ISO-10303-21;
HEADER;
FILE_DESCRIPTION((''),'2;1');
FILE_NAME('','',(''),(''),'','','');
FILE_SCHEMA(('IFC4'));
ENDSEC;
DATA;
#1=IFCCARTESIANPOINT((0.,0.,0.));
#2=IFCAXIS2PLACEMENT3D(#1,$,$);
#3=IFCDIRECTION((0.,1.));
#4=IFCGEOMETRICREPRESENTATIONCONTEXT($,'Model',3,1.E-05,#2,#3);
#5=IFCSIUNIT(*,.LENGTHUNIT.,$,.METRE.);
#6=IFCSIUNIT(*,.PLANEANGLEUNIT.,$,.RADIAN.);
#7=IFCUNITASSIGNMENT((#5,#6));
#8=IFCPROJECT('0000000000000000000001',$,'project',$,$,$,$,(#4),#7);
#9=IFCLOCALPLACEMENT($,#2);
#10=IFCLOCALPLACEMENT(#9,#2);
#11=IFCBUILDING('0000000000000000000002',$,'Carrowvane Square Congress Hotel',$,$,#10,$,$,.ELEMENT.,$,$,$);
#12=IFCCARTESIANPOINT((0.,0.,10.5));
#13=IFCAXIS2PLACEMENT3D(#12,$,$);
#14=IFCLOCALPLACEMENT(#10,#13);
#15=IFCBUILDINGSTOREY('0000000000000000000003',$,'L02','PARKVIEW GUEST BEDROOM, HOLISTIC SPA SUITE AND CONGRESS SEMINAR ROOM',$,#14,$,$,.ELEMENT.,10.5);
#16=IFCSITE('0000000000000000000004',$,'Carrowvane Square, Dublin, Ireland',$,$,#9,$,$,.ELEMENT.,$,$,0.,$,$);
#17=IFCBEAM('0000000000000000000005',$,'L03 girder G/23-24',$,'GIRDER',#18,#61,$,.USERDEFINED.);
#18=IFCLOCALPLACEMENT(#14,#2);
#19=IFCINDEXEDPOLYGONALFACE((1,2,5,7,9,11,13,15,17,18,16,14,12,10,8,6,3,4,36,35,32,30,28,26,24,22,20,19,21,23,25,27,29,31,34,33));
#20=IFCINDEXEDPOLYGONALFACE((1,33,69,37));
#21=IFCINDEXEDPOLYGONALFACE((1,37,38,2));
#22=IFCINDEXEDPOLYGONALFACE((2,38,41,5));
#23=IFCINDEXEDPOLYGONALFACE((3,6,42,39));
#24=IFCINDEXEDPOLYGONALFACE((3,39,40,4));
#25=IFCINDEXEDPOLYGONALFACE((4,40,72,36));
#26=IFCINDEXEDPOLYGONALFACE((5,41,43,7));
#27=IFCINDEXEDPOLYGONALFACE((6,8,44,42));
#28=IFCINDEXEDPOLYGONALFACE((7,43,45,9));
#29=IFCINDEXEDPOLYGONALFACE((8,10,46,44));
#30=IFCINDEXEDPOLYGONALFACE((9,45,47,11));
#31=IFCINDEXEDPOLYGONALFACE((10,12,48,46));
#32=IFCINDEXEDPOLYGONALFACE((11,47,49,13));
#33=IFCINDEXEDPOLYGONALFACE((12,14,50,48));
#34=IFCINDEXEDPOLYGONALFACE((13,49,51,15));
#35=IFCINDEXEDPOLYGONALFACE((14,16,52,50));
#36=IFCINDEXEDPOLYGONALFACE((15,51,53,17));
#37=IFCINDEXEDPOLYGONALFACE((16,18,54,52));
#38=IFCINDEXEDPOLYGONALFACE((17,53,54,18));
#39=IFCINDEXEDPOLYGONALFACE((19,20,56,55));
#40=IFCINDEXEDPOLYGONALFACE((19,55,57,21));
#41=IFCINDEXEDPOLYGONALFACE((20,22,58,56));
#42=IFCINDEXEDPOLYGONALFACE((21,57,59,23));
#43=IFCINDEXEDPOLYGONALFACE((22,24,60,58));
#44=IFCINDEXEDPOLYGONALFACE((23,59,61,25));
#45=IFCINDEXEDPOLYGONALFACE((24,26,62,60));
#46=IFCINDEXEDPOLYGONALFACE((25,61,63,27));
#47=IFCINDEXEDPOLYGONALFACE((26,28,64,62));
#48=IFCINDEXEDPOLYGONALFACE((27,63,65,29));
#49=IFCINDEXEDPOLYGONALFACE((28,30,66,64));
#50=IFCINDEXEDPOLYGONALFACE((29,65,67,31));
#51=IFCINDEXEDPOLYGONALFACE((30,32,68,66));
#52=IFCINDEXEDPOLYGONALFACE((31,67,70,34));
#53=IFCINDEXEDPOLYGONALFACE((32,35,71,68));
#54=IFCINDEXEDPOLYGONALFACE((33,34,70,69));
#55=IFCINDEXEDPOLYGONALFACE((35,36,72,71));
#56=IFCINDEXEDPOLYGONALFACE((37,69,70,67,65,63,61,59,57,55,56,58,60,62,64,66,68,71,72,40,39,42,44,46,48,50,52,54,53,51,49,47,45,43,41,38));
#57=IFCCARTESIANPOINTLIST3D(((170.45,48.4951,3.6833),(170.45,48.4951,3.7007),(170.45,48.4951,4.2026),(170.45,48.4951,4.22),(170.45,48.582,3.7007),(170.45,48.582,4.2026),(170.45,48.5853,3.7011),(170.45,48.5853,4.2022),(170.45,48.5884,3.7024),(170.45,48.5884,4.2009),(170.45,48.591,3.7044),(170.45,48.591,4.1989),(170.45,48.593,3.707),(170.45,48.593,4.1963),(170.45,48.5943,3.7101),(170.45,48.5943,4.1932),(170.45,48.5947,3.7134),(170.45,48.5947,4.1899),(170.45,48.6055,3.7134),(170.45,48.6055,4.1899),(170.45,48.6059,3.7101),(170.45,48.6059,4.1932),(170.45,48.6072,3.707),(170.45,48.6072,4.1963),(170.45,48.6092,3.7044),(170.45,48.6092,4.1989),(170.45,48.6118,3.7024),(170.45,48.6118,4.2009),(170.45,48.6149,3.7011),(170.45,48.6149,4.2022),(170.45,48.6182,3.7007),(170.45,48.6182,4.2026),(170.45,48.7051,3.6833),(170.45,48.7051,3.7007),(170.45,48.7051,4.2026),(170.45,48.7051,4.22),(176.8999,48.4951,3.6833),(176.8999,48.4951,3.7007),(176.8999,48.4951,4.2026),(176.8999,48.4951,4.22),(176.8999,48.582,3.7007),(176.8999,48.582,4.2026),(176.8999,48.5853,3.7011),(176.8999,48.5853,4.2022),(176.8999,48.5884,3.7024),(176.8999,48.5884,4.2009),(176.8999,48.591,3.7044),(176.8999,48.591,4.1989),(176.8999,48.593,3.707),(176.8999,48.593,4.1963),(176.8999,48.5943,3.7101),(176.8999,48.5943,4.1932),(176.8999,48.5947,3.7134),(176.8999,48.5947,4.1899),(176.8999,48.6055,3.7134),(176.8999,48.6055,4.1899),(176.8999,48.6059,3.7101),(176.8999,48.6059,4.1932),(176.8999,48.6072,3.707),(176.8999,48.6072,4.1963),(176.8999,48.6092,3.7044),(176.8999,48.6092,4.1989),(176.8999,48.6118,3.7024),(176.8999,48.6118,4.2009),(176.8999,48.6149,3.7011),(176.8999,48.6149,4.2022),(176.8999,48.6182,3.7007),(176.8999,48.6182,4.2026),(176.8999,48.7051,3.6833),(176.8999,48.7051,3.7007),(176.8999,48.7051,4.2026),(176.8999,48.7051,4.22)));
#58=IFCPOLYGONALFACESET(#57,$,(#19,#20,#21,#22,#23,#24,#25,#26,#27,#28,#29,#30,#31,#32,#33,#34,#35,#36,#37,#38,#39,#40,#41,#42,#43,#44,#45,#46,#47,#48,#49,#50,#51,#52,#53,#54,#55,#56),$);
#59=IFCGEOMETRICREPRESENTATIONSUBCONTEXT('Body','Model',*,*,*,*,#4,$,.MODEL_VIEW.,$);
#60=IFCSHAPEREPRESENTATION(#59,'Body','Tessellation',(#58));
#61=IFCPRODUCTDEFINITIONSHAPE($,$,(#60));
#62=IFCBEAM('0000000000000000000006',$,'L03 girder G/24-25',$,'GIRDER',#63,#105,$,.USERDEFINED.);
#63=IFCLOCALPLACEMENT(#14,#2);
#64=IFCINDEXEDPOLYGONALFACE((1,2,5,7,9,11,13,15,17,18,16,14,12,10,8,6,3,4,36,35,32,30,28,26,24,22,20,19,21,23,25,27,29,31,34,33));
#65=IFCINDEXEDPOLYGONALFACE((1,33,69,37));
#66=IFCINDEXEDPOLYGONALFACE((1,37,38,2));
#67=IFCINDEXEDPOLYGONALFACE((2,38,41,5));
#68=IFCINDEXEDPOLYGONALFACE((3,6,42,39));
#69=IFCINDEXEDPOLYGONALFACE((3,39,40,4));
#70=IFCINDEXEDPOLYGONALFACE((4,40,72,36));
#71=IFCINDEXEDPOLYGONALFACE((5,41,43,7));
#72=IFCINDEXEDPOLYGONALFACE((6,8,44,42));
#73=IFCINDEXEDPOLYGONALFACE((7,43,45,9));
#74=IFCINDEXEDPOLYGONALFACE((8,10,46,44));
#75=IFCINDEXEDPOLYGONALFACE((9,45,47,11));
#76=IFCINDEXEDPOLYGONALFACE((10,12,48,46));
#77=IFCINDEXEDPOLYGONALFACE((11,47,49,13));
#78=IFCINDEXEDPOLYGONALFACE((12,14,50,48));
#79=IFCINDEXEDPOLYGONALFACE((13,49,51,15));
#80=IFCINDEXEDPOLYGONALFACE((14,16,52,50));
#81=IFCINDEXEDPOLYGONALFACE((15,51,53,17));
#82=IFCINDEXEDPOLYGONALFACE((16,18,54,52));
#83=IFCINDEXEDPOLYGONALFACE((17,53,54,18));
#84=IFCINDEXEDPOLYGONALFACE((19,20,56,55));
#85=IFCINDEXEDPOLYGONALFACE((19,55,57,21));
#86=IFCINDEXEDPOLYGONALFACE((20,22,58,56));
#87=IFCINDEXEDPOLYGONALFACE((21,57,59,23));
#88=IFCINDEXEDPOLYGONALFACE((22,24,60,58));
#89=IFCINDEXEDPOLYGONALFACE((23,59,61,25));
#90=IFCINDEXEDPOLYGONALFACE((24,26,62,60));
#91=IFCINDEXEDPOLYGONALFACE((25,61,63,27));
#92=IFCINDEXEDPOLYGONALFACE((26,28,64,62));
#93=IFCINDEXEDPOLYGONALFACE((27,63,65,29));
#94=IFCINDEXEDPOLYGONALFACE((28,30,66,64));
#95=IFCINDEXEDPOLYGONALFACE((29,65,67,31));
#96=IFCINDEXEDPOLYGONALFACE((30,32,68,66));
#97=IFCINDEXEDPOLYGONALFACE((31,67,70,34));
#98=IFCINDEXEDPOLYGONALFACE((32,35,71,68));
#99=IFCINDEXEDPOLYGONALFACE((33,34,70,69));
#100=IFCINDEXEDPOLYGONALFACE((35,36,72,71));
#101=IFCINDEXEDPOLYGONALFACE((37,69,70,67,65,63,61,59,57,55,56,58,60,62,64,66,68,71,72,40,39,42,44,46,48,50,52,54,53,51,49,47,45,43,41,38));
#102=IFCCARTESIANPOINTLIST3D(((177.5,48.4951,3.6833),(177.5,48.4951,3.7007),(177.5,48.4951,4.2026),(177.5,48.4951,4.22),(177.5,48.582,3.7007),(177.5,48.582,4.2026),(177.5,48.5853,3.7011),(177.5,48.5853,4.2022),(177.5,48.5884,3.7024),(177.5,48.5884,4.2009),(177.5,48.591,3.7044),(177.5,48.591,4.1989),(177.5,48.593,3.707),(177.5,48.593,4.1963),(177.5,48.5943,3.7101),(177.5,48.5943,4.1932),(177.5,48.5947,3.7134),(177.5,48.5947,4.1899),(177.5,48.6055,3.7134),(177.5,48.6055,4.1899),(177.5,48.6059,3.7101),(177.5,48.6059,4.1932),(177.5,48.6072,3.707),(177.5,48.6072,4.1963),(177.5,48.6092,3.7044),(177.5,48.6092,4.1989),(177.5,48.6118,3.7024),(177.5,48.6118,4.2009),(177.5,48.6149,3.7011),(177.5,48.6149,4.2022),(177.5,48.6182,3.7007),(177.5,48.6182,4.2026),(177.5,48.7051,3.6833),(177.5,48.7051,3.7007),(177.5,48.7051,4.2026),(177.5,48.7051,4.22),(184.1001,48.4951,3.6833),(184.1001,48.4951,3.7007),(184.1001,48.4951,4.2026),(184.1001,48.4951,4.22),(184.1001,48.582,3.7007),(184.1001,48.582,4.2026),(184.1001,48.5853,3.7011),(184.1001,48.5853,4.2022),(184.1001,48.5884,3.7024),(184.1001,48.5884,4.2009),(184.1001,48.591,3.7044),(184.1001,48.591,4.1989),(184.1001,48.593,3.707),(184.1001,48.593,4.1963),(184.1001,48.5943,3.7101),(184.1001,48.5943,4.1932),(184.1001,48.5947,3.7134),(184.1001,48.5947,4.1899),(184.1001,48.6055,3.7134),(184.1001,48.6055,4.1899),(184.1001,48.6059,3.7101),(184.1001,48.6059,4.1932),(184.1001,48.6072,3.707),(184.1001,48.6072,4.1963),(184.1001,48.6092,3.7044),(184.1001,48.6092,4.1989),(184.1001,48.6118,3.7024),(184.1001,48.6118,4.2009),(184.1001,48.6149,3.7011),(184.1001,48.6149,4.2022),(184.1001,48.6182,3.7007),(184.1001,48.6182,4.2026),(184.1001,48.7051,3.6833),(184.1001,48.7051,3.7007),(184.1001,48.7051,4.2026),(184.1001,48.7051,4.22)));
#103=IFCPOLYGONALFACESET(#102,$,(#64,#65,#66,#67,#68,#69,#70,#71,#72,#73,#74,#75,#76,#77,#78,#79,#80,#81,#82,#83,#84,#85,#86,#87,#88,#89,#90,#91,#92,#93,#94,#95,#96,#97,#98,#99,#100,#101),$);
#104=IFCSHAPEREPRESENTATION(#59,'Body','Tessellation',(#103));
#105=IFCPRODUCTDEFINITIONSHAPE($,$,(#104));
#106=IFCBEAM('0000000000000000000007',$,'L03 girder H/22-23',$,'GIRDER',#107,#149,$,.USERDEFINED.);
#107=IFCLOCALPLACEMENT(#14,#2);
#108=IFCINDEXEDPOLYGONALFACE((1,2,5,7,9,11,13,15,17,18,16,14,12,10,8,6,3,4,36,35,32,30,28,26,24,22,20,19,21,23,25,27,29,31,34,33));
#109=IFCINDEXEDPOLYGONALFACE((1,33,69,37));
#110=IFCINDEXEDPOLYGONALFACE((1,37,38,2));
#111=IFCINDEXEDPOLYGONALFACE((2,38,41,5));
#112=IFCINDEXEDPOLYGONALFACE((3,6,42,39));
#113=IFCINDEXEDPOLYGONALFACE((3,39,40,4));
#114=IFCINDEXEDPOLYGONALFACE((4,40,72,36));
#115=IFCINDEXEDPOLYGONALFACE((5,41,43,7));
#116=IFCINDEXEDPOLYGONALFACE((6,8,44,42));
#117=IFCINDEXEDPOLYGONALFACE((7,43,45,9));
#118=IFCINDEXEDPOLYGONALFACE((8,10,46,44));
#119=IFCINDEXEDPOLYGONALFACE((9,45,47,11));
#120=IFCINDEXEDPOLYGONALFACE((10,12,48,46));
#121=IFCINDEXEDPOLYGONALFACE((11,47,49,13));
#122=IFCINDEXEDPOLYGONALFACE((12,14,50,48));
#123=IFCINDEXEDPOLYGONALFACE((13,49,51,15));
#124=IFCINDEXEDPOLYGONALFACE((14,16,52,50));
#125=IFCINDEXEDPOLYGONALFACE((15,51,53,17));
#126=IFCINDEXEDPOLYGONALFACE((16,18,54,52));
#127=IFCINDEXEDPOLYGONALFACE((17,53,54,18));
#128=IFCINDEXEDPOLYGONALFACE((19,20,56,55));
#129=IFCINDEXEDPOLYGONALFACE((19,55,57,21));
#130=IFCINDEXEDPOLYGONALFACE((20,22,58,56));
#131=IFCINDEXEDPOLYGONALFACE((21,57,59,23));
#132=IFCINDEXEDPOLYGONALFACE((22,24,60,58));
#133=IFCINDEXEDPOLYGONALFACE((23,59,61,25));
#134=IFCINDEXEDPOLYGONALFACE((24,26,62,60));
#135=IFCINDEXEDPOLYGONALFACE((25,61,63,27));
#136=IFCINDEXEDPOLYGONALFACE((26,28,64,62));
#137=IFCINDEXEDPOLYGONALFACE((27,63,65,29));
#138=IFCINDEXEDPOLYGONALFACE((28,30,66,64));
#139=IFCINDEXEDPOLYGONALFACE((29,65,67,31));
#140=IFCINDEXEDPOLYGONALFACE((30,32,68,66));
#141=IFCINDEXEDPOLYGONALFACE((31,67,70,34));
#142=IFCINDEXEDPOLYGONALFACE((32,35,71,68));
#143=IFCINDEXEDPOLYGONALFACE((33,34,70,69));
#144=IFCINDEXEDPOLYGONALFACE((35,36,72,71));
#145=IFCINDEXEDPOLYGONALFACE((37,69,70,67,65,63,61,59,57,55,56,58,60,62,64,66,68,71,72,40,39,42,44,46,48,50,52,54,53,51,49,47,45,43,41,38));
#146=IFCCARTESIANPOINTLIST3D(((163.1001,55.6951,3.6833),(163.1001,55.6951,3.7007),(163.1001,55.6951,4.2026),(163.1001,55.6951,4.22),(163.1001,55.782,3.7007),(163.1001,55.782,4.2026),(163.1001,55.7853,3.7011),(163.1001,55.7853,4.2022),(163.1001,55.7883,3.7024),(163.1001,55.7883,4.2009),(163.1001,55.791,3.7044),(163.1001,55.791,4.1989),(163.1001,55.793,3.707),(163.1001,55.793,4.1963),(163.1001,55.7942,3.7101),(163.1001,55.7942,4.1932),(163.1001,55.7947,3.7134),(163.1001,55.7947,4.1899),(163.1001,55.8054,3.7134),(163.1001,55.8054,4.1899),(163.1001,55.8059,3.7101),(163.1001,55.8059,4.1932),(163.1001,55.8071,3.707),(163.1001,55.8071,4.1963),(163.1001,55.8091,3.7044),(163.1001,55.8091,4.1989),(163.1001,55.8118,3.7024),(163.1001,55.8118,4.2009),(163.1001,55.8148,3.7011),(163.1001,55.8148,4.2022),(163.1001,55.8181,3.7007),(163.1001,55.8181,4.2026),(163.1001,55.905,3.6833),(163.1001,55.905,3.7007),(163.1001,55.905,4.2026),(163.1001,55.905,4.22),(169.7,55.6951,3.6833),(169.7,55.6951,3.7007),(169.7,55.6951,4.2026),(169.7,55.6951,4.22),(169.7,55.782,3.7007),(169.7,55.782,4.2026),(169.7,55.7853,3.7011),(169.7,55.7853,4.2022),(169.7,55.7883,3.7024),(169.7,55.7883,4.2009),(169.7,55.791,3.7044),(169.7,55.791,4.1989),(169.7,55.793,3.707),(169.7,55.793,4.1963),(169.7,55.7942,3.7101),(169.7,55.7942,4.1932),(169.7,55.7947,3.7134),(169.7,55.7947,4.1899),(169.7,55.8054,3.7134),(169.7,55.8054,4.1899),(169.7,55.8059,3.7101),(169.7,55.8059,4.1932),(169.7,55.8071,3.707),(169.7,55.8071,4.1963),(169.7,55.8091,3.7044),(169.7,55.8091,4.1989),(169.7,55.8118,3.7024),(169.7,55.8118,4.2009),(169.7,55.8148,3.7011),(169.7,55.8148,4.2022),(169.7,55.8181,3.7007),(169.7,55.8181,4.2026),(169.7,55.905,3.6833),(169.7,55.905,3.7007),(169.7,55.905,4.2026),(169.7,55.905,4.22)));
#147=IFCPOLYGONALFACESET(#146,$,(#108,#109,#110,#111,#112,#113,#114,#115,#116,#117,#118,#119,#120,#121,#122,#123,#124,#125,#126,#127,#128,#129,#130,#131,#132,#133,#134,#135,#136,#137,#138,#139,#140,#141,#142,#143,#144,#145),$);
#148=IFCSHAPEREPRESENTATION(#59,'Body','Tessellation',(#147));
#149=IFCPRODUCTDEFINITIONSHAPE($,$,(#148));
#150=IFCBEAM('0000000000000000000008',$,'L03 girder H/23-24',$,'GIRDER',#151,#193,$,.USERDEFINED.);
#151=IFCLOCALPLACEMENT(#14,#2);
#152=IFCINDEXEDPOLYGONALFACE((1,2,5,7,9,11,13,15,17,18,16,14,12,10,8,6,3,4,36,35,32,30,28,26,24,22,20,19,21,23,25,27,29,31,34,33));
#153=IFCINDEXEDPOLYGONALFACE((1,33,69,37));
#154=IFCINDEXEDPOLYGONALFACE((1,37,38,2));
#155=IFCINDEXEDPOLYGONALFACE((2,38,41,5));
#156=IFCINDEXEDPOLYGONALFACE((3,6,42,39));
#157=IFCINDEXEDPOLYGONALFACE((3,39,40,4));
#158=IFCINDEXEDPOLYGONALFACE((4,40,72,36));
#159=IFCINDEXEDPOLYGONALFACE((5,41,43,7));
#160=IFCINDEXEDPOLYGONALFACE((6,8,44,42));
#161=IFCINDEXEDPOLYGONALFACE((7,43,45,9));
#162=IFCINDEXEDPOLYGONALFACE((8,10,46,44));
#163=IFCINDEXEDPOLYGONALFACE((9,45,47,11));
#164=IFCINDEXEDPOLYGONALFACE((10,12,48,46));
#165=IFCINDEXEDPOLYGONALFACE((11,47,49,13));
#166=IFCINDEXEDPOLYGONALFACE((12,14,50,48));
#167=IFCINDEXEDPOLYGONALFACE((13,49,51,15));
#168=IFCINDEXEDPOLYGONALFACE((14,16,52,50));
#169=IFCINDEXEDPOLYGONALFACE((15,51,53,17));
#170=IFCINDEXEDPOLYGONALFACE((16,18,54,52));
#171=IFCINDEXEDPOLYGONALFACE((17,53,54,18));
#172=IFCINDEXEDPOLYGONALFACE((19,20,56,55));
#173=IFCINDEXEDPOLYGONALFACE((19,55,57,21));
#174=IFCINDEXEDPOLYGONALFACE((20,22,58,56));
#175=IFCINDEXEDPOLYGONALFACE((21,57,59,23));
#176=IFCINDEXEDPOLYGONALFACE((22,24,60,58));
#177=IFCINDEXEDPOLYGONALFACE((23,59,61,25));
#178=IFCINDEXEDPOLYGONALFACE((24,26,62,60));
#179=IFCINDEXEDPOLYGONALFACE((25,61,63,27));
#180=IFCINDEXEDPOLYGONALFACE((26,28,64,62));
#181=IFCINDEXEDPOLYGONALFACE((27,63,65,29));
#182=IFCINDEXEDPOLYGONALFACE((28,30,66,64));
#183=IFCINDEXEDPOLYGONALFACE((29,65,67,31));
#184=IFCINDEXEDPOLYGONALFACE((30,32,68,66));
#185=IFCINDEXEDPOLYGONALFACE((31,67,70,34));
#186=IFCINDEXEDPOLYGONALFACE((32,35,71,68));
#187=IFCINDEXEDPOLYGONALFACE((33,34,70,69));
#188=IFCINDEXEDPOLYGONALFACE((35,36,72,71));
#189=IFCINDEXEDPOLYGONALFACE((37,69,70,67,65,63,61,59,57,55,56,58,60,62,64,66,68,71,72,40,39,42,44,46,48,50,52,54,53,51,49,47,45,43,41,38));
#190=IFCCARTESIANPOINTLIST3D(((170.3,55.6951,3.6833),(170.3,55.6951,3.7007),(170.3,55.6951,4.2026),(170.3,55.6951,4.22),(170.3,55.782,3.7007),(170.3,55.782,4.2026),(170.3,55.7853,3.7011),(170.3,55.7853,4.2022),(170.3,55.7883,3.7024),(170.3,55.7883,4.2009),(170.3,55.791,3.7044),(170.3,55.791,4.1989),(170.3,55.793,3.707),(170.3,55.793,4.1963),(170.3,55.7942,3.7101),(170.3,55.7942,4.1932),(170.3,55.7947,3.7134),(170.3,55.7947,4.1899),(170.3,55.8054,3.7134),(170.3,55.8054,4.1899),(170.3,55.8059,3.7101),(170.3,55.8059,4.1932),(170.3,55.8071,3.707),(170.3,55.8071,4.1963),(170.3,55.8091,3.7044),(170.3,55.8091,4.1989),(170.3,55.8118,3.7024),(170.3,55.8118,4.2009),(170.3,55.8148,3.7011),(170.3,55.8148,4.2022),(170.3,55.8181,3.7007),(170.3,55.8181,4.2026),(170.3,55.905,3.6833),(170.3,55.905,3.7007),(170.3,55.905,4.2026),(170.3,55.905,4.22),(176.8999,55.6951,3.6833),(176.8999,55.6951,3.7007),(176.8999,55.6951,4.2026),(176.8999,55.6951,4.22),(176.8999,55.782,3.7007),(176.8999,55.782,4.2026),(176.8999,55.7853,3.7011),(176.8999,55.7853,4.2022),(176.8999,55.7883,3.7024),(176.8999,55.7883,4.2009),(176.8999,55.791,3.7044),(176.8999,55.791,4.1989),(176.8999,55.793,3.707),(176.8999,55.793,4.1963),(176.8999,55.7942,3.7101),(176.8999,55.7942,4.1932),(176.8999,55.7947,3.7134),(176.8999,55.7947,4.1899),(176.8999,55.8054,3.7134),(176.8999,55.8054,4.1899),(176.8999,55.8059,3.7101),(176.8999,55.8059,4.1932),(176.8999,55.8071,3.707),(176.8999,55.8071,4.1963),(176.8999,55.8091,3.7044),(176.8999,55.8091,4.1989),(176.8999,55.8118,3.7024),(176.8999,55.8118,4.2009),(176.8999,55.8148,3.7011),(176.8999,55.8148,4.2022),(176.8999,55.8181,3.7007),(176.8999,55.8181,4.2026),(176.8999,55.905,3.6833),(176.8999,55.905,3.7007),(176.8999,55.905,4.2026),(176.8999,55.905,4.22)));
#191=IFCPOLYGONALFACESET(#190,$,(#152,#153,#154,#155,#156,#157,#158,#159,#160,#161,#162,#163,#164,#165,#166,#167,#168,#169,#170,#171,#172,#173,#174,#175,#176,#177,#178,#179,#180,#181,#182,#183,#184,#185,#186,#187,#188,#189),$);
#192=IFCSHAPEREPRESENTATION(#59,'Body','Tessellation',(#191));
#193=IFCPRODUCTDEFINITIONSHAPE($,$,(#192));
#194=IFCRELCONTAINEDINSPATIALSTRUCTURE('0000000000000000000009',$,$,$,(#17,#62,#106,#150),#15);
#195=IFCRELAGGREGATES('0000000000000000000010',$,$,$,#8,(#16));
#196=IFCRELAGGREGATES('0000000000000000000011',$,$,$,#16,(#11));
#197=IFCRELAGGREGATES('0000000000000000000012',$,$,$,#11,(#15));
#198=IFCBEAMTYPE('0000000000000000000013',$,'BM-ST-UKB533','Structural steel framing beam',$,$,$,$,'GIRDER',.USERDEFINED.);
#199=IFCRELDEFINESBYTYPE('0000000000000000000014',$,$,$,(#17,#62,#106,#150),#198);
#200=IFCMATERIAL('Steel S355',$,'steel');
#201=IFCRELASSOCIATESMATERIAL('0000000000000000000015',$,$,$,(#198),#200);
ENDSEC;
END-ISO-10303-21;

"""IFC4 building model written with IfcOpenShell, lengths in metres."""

from ifc_helpers import new_model, si_unit, direction, frame, origin, origin_2d, place, context, subcontext, project, spatial, i_section, extrude, material, material_profile, profile_set, type_object, element, save


model = new_model("IFC4")

# Units and contexts
model_context = context("Model", 3, precision=1e-05, world=origin(), true_north=direction((0.0, 1.0)))
body_context = subcontext(model_context, "Body", "Model", "MODEL_VIEW")
ifc_project = project(units=[si_unit("LENGTHUNIT", "METRE"), si_unit("PLANEANGLEUNIT", "RADIAN")], contexts=[model_context])

# Site, building, storey
site_placement = place(None, origin())
site = spatial("IfcSite", under=ifc_project, at=site_placement, Name="Carrowvane Square, Dublin, Ireland", CompositionType="ELEMENT", RefElevation=0.0)
building_placement = place(site_placement, origin())
building = spatial("IfcBuilding", under=site, at=building_placement, Name="Carrowvane Square Congress Hotel", CompositionType="ELEMENT")
storey_placement = place(building_placement, frame((0.0, 0.0, 10.5)))
storey = spatial("IfcBuildingStorey", under=building, at=storey_placement, Name="L02", Description="PARKVIEW GUEST BEDROOM, HOLISTIC SPA SUITE AND CONGRESS SEMINAR ROOM", CompositionType="ELEMENT", Elevation=10.5)

# Beams
ifc_material_1 = material(Name="Steel S355", Category="steel")
ifc_material_profile_1 = material_profile(ifc_material_1, i_section(OverallWidth=0.21, OverallDepth=0.5366, WebThickness=0.0107, FlangeThickness=0.0173, FilletRadius=0.0127, at=origin_2d()), Name="UKB 533x210x101")
ifc_profile_set_1 = profile_set([ifc_material_profile_1], Name="Steel S355")
beam_type_1 = type_object("IfcBeamType", Name="BM-ST-UKB533", Description="Structural steel framing beam", ElementType="GIRDER", PredefinedType="USERDEFINED", material=ifc_profile_set_1)
beam_1_placement = place(storey_placement, frame((170.45, 48.6001, 3.9517), z_axis=(1.0, 0.0, 0.0), x_axis=(0.0, 1.0, 0.0)))
element("IfcBeam", 1, at=beam_1_placement, inside=storey, type_object=beam_type_1, Name="L03 girder G/23-24", ObjectType="GIRDER", PredefinedType="USERDEFINED", context=body_context, shape_type="SweptSolid", body=[
    extrude(i_section(OverallWidth=0.21, OverallDepth=0.5366, WebThickness=0.0107, FlangeThickness=0.0173, FilletRadius=0.0127, at=origin_2d()), origin(), (0.0, 0.0, 1.0), 6.45),
])
beam_2_placement = place(storey_placement, frame((177.5, 48.6001, 3.9517), z_axis=(1.0, 0.0, 0.0), x_axis=(0.0, 1.0, 0.0)))
element("IfcBeam", 2, at=beam_2_placement, inside=storey, type_object=beam_type_1, Name="L03 girder G/24-25", ObjectType="GIRDER", PredefinedType="USERDEFINED", context=body_context, shape_type="SweptSolid", body=[
    extrude(i_section(OverallWidth=0.21, OverallDepth=0.5366, WebThickness=0.0107, FlangeThickness=0.0173, FilletRadius=0.0127, at=origin_2d()), origin(), (0.0, 0.0, 1.0), 6.6001),
])
for number, where, z_axis, x_axis, name in (
    (3, (163.1001, 55.8, 3.9517), (1.0, 0.0, 0.0), (0.0, 1.0, 0.0), "L03 girder H/22-23"),
    (4, (170.3, 55.8, 3.9517), (1.0, 0.0, 0.0), (0.0, 1.0, 0.0), "L03 girder H/23-24"),
):
    element("IfcBeam", number, at=place(storey_placement, frame(where, z_axis=z_axis, x_axis=x_axis)), inside=storey, type_object=beam_type_1, Name=name, ObjectType="GIRDER", PredefinedType="USERDEFINED", context=body_context, shape_type="SweptSolid", body=[
        extrude(i_section(OverallWidth=0.21, OverallDepth=0.5366, WebThickness=0.0107, FlangeThickness=0.0173, FilletRadius=0.0127, at=origin_2d()), origin(), (0.0, 0.0, 1.0), 6.5999),
    ])

save(model, "model.ifc")
